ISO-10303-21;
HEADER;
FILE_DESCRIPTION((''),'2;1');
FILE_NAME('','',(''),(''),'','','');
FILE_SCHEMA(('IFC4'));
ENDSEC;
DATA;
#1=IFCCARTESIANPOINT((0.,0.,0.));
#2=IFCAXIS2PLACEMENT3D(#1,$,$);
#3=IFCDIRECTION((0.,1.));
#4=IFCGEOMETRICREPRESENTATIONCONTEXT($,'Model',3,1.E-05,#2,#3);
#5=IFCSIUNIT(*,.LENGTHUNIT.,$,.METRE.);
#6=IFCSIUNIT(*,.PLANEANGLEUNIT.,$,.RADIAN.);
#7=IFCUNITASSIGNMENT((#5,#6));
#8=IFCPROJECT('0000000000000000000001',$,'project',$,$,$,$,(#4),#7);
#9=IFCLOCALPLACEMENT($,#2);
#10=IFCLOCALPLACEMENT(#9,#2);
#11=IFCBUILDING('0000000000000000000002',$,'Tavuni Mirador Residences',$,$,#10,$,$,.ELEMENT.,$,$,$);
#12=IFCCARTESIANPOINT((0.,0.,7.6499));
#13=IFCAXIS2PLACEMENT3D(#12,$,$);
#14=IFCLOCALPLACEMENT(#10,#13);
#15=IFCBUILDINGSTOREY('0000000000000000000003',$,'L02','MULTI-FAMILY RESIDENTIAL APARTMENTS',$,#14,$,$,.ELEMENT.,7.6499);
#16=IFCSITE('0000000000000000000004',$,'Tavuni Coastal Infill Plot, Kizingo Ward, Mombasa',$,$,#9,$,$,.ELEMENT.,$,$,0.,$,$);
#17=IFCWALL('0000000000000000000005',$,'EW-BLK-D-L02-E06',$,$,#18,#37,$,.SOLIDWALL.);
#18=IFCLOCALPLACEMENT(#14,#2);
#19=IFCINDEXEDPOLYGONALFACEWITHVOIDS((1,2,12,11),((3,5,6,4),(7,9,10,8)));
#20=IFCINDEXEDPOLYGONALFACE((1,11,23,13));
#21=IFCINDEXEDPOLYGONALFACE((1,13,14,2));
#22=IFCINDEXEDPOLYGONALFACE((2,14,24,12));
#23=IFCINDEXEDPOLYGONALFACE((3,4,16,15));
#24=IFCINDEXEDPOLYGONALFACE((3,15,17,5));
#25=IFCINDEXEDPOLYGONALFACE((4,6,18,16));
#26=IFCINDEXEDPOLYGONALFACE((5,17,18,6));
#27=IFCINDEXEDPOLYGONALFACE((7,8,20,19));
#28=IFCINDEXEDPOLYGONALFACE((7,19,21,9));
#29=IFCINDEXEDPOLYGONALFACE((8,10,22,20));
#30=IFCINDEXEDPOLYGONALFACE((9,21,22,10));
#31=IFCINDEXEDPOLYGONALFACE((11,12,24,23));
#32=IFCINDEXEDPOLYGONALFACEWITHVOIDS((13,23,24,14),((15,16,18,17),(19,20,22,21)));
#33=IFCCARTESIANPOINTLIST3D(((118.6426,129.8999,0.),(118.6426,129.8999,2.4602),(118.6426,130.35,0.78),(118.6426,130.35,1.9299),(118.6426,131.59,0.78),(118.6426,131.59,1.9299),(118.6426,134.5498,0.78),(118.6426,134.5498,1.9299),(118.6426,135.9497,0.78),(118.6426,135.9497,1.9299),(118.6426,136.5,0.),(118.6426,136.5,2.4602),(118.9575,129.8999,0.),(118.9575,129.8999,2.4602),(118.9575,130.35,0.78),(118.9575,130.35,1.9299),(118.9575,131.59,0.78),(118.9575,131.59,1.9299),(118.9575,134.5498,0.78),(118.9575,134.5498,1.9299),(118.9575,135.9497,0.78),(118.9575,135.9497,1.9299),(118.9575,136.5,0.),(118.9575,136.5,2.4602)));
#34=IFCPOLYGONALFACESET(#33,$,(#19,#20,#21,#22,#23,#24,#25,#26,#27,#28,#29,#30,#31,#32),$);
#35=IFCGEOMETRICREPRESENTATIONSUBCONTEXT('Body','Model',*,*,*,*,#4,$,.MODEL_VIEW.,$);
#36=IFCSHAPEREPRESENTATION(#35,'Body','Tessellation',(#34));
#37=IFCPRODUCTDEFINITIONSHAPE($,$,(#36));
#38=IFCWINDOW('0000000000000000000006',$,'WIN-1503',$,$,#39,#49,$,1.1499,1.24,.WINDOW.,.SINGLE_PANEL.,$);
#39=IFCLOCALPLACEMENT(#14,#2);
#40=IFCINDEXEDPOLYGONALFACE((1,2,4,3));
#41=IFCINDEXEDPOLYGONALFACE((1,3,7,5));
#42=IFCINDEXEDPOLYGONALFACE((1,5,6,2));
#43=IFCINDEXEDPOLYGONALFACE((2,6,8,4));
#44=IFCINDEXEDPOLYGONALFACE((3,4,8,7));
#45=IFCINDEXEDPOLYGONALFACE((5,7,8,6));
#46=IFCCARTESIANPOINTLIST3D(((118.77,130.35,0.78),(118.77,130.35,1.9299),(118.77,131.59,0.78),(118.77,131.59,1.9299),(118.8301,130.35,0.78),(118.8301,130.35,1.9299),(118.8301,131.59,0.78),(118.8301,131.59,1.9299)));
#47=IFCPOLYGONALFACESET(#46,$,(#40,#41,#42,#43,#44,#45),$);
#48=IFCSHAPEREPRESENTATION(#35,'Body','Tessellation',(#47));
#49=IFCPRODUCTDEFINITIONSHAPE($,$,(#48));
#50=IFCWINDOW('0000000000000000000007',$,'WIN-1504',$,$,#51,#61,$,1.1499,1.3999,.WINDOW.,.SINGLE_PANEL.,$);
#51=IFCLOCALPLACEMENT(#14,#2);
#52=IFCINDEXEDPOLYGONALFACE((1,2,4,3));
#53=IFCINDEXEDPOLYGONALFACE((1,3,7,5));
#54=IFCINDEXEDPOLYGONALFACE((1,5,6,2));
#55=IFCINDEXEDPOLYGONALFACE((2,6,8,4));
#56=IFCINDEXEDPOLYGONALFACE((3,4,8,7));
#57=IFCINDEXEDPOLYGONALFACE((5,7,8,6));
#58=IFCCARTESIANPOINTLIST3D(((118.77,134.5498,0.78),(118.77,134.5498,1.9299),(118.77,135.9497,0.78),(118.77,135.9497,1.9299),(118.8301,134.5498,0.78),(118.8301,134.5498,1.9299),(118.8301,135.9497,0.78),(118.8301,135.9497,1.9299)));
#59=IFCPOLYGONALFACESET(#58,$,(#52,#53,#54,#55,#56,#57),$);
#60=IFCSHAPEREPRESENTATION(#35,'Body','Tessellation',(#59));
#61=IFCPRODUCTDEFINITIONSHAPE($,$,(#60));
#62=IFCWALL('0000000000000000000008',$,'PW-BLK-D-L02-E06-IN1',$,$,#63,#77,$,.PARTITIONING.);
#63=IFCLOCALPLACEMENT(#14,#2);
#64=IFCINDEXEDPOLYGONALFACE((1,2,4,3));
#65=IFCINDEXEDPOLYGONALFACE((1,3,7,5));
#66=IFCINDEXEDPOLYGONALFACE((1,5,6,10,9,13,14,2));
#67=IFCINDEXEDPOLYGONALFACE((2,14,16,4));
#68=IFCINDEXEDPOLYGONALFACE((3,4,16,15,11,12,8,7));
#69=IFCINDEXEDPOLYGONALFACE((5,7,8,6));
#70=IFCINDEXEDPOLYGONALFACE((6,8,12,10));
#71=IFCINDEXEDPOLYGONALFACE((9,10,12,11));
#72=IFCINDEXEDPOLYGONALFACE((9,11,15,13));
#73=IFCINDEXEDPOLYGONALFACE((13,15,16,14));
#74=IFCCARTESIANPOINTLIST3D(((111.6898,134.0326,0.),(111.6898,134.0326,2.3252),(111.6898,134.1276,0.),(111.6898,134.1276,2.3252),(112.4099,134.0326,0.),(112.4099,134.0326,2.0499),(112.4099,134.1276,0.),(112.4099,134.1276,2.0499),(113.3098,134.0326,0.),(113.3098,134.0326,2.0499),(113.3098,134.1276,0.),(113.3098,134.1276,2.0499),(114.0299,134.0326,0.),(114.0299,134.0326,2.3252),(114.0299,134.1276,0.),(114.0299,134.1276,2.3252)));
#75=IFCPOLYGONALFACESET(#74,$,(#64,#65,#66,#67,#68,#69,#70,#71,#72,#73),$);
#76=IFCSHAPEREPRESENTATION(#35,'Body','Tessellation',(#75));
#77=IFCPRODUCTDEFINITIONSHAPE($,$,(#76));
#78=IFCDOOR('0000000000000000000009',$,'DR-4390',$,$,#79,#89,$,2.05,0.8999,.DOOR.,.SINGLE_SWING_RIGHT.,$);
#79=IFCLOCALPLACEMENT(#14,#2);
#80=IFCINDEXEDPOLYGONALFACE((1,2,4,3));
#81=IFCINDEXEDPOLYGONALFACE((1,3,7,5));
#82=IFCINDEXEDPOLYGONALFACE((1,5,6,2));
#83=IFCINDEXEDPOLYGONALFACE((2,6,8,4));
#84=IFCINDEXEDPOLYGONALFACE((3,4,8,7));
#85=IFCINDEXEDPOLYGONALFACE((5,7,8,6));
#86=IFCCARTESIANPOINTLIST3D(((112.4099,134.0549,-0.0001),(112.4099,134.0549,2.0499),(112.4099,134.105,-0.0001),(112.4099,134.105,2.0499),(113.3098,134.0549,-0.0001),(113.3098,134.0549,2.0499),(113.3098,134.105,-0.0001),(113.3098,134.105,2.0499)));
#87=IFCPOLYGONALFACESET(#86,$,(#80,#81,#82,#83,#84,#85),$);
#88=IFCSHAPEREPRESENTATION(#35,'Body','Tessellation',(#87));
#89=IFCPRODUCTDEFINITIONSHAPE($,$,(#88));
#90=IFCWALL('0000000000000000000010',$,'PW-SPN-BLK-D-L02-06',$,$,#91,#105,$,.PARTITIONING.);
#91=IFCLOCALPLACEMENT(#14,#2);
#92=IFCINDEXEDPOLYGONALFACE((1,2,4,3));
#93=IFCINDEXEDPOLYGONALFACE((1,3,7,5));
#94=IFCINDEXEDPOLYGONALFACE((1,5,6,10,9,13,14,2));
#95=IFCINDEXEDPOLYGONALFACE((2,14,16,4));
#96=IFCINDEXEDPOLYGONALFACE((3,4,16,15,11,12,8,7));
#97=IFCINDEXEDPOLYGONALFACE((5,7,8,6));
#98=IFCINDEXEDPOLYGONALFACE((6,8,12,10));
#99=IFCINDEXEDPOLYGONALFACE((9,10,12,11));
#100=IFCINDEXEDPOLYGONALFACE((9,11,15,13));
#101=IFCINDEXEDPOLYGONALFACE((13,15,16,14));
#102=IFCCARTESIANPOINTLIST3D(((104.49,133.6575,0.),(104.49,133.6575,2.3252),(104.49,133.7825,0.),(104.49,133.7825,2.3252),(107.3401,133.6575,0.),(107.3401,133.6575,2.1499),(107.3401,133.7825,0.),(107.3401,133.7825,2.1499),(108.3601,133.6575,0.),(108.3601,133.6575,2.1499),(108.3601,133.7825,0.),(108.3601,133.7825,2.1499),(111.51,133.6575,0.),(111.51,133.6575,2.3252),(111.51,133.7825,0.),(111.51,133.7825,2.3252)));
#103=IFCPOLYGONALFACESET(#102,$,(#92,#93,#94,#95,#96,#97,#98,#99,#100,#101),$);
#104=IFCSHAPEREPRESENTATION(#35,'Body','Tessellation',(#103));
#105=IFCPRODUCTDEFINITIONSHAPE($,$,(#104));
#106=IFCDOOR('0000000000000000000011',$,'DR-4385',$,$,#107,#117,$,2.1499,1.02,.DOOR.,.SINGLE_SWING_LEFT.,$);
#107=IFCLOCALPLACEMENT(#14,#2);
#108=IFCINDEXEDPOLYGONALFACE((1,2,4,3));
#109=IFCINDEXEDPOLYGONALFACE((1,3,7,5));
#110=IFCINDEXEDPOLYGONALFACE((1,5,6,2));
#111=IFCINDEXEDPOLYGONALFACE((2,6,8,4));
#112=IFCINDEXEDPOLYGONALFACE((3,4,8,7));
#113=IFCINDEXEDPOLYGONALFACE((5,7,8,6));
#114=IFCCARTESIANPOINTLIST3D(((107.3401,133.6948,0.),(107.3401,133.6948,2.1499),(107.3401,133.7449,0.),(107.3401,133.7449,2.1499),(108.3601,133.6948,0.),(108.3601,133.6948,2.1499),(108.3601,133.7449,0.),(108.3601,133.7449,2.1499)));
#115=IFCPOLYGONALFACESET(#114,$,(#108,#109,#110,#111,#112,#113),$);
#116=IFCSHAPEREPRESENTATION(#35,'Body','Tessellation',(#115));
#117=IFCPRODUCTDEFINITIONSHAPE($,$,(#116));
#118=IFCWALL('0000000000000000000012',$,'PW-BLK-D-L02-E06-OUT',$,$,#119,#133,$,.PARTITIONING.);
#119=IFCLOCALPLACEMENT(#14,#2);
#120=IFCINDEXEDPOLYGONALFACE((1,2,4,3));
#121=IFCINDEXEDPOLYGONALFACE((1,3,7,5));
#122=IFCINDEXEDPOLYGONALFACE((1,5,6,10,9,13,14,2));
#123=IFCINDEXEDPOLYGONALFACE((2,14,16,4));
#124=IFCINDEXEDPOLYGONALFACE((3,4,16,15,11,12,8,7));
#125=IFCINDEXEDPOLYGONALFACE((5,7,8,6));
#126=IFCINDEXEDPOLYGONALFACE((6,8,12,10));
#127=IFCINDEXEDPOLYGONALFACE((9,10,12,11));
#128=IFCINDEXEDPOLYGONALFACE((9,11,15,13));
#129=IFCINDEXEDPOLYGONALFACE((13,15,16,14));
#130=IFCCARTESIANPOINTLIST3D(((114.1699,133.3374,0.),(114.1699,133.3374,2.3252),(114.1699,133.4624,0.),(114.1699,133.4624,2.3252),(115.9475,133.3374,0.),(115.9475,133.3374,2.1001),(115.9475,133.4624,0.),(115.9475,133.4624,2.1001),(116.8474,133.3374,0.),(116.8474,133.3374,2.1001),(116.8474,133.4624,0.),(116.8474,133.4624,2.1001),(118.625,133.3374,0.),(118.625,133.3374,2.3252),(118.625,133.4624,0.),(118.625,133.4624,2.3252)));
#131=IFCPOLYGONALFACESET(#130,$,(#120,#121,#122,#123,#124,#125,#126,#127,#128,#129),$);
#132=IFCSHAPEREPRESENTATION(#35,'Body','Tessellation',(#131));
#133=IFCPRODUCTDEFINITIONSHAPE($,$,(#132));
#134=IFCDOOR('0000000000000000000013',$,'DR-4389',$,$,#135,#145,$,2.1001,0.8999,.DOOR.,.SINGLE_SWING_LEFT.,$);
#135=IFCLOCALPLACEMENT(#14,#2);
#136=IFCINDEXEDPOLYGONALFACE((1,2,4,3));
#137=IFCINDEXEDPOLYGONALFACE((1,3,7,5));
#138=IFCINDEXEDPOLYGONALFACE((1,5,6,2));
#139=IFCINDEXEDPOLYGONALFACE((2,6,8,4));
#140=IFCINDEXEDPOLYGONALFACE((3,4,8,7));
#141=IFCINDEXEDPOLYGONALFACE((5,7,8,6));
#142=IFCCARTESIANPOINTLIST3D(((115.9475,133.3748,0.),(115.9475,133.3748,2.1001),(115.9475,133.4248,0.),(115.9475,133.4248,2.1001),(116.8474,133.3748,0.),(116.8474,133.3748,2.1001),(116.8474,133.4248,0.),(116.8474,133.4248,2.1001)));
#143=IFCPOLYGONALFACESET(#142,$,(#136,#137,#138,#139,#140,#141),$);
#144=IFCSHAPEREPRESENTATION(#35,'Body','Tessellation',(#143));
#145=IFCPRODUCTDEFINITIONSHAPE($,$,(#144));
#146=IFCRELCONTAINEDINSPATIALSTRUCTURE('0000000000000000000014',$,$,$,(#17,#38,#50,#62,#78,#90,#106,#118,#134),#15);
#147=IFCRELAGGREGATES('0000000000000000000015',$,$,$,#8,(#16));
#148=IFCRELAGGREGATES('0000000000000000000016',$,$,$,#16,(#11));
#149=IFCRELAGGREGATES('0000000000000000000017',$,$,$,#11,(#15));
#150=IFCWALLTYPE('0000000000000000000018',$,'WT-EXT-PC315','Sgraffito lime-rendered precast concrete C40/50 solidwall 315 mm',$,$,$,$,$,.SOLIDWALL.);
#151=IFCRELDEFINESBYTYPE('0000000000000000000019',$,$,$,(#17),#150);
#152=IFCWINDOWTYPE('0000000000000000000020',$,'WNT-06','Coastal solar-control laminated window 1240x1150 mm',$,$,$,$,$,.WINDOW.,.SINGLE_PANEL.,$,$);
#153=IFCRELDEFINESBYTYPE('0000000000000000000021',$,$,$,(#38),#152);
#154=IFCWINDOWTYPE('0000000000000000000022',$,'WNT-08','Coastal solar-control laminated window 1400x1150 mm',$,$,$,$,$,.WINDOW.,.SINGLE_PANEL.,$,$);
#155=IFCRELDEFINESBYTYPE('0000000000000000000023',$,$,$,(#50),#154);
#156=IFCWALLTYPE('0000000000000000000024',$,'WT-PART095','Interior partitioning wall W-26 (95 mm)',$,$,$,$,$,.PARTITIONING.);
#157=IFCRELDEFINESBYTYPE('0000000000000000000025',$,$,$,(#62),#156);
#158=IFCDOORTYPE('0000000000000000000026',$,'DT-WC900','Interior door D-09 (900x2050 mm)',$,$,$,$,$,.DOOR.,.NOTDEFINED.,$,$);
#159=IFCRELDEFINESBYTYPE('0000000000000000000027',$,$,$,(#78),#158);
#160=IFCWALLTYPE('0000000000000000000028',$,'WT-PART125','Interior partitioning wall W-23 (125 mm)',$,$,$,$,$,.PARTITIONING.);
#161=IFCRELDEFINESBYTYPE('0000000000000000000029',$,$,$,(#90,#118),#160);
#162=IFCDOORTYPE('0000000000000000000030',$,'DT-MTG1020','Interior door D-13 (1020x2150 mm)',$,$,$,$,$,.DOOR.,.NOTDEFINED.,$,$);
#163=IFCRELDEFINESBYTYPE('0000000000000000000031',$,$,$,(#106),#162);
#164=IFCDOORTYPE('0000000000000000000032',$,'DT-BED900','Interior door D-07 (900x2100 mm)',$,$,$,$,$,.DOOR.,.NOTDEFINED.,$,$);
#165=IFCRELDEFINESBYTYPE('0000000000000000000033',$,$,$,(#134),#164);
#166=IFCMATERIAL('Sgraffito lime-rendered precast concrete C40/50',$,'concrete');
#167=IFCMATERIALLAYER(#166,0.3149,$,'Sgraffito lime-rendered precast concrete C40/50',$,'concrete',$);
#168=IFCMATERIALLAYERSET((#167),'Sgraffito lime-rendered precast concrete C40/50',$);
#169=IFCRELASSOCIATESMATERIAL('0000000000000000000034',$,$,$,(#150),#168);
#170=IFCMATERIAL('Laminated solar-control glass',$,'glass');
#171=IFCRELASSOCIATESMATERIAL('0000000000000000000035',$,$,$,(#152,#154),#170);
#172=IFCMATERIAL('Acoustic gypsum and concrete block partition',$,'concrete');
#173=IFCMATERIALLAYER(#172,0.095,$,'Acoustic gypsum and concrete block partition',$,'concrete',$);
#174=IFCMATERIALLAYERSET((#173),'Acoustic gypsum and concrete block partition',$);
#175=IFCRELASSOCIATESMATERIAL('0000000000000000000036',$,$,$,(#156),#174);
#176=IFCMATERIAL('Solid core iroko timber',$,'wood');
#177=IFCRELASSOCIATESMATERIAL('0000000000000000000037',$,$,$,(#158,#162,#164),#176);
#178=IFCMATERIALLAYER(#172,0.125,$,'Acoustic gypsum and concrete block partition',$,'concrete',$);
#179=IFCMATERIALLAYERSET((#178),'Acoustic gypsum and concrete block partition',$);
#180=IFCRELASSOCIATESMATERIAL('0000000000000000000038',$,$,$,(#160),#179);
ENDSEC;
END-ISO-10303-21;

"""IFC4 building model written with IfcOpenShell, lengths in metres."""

from ifc_helpers import new_model, si_unit, direction, frame, frame_2d, origin, place, context, subcontext, project, spatial, rectangle, extrude, material, layer, layer_set, type_object, element, fill, save


model = new_model("IFC4")

# Units and contexts
model_context = context("Model", 3, precision=1e-05, world=origin(), true_north=direction((0.0, 1.0)))
body_context = subcontext(model_context, "Body", "Model", "MODEL_VIEW")
ifc_project = project(units=[si_unit("LENGTHUNIT", "METRE"), si_unit("PLANEANGLEUNIT", "RADIAN")], contexts=[model_context])

# Site, building, storey
site_placement = place(None, origin())
site = spatial("IfcSite", under=ifc_project, at=site_placement, Name="Tavuni Coastal Infill Plot, Kizingo Ward, Mombasa", CompositionType="ELEMENT", RefElevation=0.0)
building_placement = place(site_placement, origin())
building = spatial("IfcBuilding", under=site, at=building_placement, Name="Tavuni Mirador Residences", CompositionType="ELEMENT")
storey_placement = place(building_placement, frame((0.0, 0.0, 7.6499)))
storey = spatial("IfcBuildingStorey", under=building, at=storey_placement, Name="L02", Description="MULTI-FAMILY RESIDENTIAL APARTMENTS", CompositionType="ELEMENT", Elevation=7.6499)

# Shared definitions
ifc_material_1 = material(Name="Solid core iroko timber", Category="wood")

# Wall, openings, windows
ifc_material_2 = material(Name="Sgraffito lime-rendered precast concrete C40/50", Category="concrete")
ifc_layer_1 = layer(ifc_material_2, 0.3149, Name="Sgraffito lime-rendered precast concrete C40/50", Category="concrete")
ifc_layer_set_1 = layer_set([ifc_layer_1], Name="Sgraffito lime-rendered precast concrete C40/50")
wall_type_1 = type_object("IfcWallType", Name="WT-EXT-PC315", Description="Sgraffito lime-rendered precast concrete C40/50 solidwall 315 mm", PredefinedType="SOLIDWALL", material=ifc_layer_set_1)
wall_1_placement = place(storey_placement, frame((118.8, 129.8999, 0.0), z_axis=(0.0, 0.0, 1.0), x_axis=(0.0, 1.0, 0.0)))
wall_1 = element("IfcWall", 1, at=wall_1_placement, inside=storey, type_object=wall_type_1, Name="EW-BLK-D-L02-E06", PredefinedType="SOLIDWALL", context=body_context, shape_type="SweptSolid", body=[
    extrude(rectangle(XDim=6.6001, YDim=0.3149, at=frame_2d((3.3, 0.0))), origin(), (0.0, 0.0, 1.0), 2.4602),
])
opening_1_placement = place(wall_1_placement, frame((0.45, 0.0, 0.78)))
opening_1 = element("IfcOpeningElement", 2, at=opening_1_placement, cuts=wall_1, PredefinedType="OPENING", context=body_context, shape_type="SweptSolid", body=[
    extrude(rectangle(XDim=1.24, YDim=1.1499, at=frame_2d((0.6201, 0.575))), frame((0.0, 0.1675, 0.0), z_axis=(0.0, -1.0, 0.0), x_axis=(1.0, 0.0, 0.0)), (0.0, 0.0, 1.0), 0.335),
])
opening_2_placement = place(wall_1_placement, frame((4.6499, 0.0, 0.78)))
opening_2 = element("IfcOpeningElement", 3, at=opening_2_placement, cuts=wall_1, PredefinedType="OPENING", context=body_context, shape_type="SweptSolid", body=[
    extrude(rectangle(XDim=1.3999, YDim=1.1499, at=frame_2d((0.7, 0.575))), frame((0.0, 0.1675, 0.0), z_axis=(0.0, -1.0, 0.0), x_axis=(1.0, 0.0, 0.0)), (0.0, 0.0, 1.0), 0.335),
])
ifc_material_3 = material(Name="Laminated solar-control glass", Category="glass")
window_type_1 = type_object("IfcWindowType", Name="WNT-06", Description="Coastal solar-control laminated window 1240x1150 mm", PartitioningType="SINGLE_PANEL", PredefinedType="WINDOW", material=ifc_material_3)
window_1_placement = place(opening_1_placement, origin())
window_1 = element("IfcWindow", 4, at=window_1_placement, inside=storey, type_object=window_type_1, Name="WIN-1503", OverallHeight=1.1499, OverallWidth=1.24, PartitioningType="SINGLE_PANEL", PredefinedType="WINDOW", context=body_context, shape_type="SweptSolid", body=[
    extrude(rectangle(XDim=1.24, YDim=1.1499, at=frame_2d((0.6201, 0.575))), frame((0.0, 0.03, 0.0), z_axis=(0.0, -1.0, 0.0), x_axis=(1.0, 0.0, 0.0)), (0.0, 0.0, 1.0), 0.0601),
])
fill(opening_1, window_1)
window_type_2 = type_object("IfcWindowType", Name="WNT-08", Description="Coastal solar-control laminated window 1400x1150 mm", PartitioningType="SINGLE_PANEL", PredefinedType="WINDOW", material=ifc_material_3)
window_2_placement = place(opening_2_placement, origin())
window_2 = element("IfcWindow", 5, at=window_2_placement, inside=storey, type_object=window_type_2, Name="WIN-1504", OverallHeight=1.1499, OverallWidth=1.3999, PartitioningType="SINGLE_PANEL", PredefinedType="WINDOW", context=body_context, shape_type="SweptSolid", body=[
    extrude(rectangle(XDim=1.3999, YDim=1.1499, at=frame_2d((0.7, 0.575))), frame((0.0, 0.03, 0.0), z_axis=(0.0, -1.0, 0.0), x_axis=(1.0, 0.0, 0.0)), (0.0, 0.0, 1.0), 0.0601),
])
fill(opening_2, window_2)

# Walls, openings, doors
ifc_material_4 = material(Name="Acoustic gypsum and concrete block partition", Category="concrete")
ifc_layer_2 = layer(ifc_material_4, 0.095, Name="Acoustic gypsum and concrete block partition", Category="concrete")
ifc_layer_set_2 = layer_set([ifc_layer_2], Name="Acoustic gypsum and concrete block partition")
wall_type_2 = type_object("IfcWallType", Name="WT-PART095", Description="Interior partitioning wall W-26 (95 mm)", PredefinedType="PARTITIONING", material=ifc_layer_set_2)
wall_2_placement = place(storey_placement, frame((111.6899, 134.0801, 0.0), z_axis=(0.0, 0.0, 1.0), x_axis=(1.0, 0.0, 0.0)))
wall_2 = element("IfcWall", 6, at=wall_2_placement, inside=storey, type_object=wall_type_2, Name="PW-BLK-D-L02-E06-IN1", PredefinedType="PARTITIONING", context=body_context, shape_type="SweptSolid", body=[
    extrude(rectangle(XDim=2.3401, YDim=0.095, at=frame_2d((1.1699, 0.0))), origin(), (0.0, 0.0, 1.0), 2.3252),
])
opening_3_placement = place(wall_2_placement, frame((0.72, 0.0, 0.0)))
opening_3 = element("IfcOpeningElement", 7, at=opening_3_placement, cuts=wall_2, PredefinedType="OPENING", context=body_context, shape_type="SweptSolid", body=[
    extrude(rectangle(XDim=0.8999, YDim=2.05, at=frame_2d((0.45, 1.0249))), frame((0.0, 0.0576, 0.0), z_axis=(0.0, -1.0, 0.0), x_axis=(1.0, 0.0, 0.0)), (0.0, 0.0, 1.0), 0.115),
])
door_type_1 = type_object("IfcDoorType", Name="DT-WC900", Description="Interior door D-09 (900x2050 mm)", OperationType="NOTDEFINED", PredefinedType="DOOR", material=ifc_material_1)
door_1_placement = place(opening_3_placement, origin())
door_1 = element("IfcDoor", 8, at=door_1_placement, inside=storey, type_object=door_type_1, Name="DR-4390", OperationType="SINGLE_SWING_RIGHT", OverallHeight=2.05, OverallWidth=0.8999, PredefinedType="DOOR", context=body_context, shape_type="SweptSolid", body=[
    extrude(rectangle(XDim=0.8999, YDim=2.05, at=frame_2d((0.45, 1.0249))), frame((0.0, 0.0249, 0.0), z_axis=(0.0, -1.0, 0.0), x_axis=(1.0, 0.0, 0.0)), (0.0, 0.0, 1.0), 0.05),
])
fill(opening_3, door_1)
ifc_layer_3 = layer(ifc_material_4, 0.125, Name="Acoustic gypsum and concrete block partition", Category="concrete")
ifc_layer_set_3 = layer_set([ifc_layer_3], Name="Acoustic gypsum and concrete block partition")
wall_type_3 = type_object("IfcWallType", Name="WT-PART125", Description="Interior partitioning wall W-23 (125 mm)", PredefinedType="PARTITIONING", material=ifc_layer_set_3)
wall_3_placement = place(storey_placement, frame((104.49, 133.72, 0.0), z_axis=(0.0, 0.0, 1.0), x_axis=(1.0, 0.0, 0.0)))
wall_3 = element("IfcWall", 9, at=wall_3_placement, inside=storey, type_object=wall_type_3, Name="PW-SPN-BLK-D-L02-06", PredefinedType="PARTITIONING", context=body_context, shape_type="SweptSolid", body=[
    extrude(rectangle(XDim=7.02, YDim=0.125, at=frame_2d((3.51, 0.0))), origin(), (0.0, 0.0, 1.0), 2.3252),
])
opening_4_placement = place(wall_3_placement, frame((2.8501, 0.0, 0.0)))
opening_4 = element("IfcOpeningElement", 10, at=opening_4_placement, cuts=wall_3, PredefinedType="OPENING", context=body_context, shape_type="SweptSolid", body=[
    extrude(rectangle(XDim=1.02, YDim=2.1499, at=frame_2d((0.51, 1.075))), frame((0.0, 0.0725, 0.0), z_axis=(0.0, -1.0, 0.0), x_axis=(1.0, 0.0, 0.0)), (0.0, 0.0, 1.0), 0.145),
])
door_type_2 = type_object("IfcDoorType", Name="DT-MTG1020", Description="Interior door D-13 (1020x2150 mm)", OperationType="NOTDEFINED", PredefinedType="DOOR", material=ifc_material_1)
door_2_placement = place(opening_4_placement, origin())
door_2 = element("IfcDoor", 11, at=door_2_placement, inside=storey, type_object=door_type_2, Name="DR-4385", OperationType="SINGLE_SWING_LEFT", OverallHeight=2.1499, OverallWidth=1.02, PredefinedType="DOOR", context=body_context, shape_type="SweptSolid", body=[
    extrude(rectangle(XDim=1.02, YDim=2.1499, at=frame_2d((0.51, 1.075))), frame((0.0, 0.0249, 0.0), z_axis=(0.0, -1.0, 0.0), x_axis=(1.0, 0.0, 0.0)), (0.0, 0.0, 1.0), 0.05),
])
fill(opening_4, door_2)
wall_4_placement = place(storey_placement, frame((114.1699, 133.3999, 0.0), z_axis=(0.0, 0.0, 1.0), x_axis=(1.0, 0.0, 0.0)))
wall_4 = element("IfcWall", 12, at=wall_4_placement, inside=storey, type_object=wall_type_3, Name="PW-BLK-D-L02-E06-OUT", PredefinedType="PARTITIONING", context=body_context, shape_type="SweptSolid", body=[
    extrude(rectangle(XDim=4.4551, YDim=0.125, at=frame_2d((2.2275, 0.0))), origin(), (0.0, 0.0, 1.0), 2.3252),
])
opening_5_placement = place(wall_4_placement, frame((1.7776, 0.0, 0.0)))
opening_5 = element("IfcOpeningElement", 13, at=opening_5_placement, cuts=wall_4, PredefinedType="OPENING", context=body_context, shape_type="SweptSolid", body=[
    extrude(rectangle(XDim=0.8999, YDim=2.1001, at=frame_2d((0.45, 1.05))), frame((0.0, 0.0725, 0.0), z_axis=(0.0, -1.0, 0.0), x_axis=(1.0, 0.0, 0.0)), (0.0, 0.0, 1.0), 0.145),
])
door_type_3 = type_object("IfcDoorType", Name="DT-BED900", Description="Interior door D-07 (900x2100 mm)", OperationType="NOTDEFINED", PredefinedType="DOOR", material=ifc_material_1)
door_3_placement = place(opening_5_placement, origin())
door_3 = element("IfcDoor", 14, at=door_3_placement, inside=storey, type_object=door_type_3, Name="DR-4389", OperationType="SINGLE_SWING_LEFT", OverallHeight=2.1001, OverallWidth=0.8999, PredefinedType="DOOR", context=body_context, shape_type="SweptSolid", body=[
    extrude(rectangle(XDim=0.8999, YDim=2.1001, at=frame_2d((0.45, 1.05))), frame((0.0, 0.0249, 0.0), z_axis=(0.0, -1.0, 0.0), x_axis=(1.0, 0.0, 0.0)), (0.0, 0.0, 1.0), 0.05),
])
fill(opening_5, door_3)

save(model, "model.ifc")
